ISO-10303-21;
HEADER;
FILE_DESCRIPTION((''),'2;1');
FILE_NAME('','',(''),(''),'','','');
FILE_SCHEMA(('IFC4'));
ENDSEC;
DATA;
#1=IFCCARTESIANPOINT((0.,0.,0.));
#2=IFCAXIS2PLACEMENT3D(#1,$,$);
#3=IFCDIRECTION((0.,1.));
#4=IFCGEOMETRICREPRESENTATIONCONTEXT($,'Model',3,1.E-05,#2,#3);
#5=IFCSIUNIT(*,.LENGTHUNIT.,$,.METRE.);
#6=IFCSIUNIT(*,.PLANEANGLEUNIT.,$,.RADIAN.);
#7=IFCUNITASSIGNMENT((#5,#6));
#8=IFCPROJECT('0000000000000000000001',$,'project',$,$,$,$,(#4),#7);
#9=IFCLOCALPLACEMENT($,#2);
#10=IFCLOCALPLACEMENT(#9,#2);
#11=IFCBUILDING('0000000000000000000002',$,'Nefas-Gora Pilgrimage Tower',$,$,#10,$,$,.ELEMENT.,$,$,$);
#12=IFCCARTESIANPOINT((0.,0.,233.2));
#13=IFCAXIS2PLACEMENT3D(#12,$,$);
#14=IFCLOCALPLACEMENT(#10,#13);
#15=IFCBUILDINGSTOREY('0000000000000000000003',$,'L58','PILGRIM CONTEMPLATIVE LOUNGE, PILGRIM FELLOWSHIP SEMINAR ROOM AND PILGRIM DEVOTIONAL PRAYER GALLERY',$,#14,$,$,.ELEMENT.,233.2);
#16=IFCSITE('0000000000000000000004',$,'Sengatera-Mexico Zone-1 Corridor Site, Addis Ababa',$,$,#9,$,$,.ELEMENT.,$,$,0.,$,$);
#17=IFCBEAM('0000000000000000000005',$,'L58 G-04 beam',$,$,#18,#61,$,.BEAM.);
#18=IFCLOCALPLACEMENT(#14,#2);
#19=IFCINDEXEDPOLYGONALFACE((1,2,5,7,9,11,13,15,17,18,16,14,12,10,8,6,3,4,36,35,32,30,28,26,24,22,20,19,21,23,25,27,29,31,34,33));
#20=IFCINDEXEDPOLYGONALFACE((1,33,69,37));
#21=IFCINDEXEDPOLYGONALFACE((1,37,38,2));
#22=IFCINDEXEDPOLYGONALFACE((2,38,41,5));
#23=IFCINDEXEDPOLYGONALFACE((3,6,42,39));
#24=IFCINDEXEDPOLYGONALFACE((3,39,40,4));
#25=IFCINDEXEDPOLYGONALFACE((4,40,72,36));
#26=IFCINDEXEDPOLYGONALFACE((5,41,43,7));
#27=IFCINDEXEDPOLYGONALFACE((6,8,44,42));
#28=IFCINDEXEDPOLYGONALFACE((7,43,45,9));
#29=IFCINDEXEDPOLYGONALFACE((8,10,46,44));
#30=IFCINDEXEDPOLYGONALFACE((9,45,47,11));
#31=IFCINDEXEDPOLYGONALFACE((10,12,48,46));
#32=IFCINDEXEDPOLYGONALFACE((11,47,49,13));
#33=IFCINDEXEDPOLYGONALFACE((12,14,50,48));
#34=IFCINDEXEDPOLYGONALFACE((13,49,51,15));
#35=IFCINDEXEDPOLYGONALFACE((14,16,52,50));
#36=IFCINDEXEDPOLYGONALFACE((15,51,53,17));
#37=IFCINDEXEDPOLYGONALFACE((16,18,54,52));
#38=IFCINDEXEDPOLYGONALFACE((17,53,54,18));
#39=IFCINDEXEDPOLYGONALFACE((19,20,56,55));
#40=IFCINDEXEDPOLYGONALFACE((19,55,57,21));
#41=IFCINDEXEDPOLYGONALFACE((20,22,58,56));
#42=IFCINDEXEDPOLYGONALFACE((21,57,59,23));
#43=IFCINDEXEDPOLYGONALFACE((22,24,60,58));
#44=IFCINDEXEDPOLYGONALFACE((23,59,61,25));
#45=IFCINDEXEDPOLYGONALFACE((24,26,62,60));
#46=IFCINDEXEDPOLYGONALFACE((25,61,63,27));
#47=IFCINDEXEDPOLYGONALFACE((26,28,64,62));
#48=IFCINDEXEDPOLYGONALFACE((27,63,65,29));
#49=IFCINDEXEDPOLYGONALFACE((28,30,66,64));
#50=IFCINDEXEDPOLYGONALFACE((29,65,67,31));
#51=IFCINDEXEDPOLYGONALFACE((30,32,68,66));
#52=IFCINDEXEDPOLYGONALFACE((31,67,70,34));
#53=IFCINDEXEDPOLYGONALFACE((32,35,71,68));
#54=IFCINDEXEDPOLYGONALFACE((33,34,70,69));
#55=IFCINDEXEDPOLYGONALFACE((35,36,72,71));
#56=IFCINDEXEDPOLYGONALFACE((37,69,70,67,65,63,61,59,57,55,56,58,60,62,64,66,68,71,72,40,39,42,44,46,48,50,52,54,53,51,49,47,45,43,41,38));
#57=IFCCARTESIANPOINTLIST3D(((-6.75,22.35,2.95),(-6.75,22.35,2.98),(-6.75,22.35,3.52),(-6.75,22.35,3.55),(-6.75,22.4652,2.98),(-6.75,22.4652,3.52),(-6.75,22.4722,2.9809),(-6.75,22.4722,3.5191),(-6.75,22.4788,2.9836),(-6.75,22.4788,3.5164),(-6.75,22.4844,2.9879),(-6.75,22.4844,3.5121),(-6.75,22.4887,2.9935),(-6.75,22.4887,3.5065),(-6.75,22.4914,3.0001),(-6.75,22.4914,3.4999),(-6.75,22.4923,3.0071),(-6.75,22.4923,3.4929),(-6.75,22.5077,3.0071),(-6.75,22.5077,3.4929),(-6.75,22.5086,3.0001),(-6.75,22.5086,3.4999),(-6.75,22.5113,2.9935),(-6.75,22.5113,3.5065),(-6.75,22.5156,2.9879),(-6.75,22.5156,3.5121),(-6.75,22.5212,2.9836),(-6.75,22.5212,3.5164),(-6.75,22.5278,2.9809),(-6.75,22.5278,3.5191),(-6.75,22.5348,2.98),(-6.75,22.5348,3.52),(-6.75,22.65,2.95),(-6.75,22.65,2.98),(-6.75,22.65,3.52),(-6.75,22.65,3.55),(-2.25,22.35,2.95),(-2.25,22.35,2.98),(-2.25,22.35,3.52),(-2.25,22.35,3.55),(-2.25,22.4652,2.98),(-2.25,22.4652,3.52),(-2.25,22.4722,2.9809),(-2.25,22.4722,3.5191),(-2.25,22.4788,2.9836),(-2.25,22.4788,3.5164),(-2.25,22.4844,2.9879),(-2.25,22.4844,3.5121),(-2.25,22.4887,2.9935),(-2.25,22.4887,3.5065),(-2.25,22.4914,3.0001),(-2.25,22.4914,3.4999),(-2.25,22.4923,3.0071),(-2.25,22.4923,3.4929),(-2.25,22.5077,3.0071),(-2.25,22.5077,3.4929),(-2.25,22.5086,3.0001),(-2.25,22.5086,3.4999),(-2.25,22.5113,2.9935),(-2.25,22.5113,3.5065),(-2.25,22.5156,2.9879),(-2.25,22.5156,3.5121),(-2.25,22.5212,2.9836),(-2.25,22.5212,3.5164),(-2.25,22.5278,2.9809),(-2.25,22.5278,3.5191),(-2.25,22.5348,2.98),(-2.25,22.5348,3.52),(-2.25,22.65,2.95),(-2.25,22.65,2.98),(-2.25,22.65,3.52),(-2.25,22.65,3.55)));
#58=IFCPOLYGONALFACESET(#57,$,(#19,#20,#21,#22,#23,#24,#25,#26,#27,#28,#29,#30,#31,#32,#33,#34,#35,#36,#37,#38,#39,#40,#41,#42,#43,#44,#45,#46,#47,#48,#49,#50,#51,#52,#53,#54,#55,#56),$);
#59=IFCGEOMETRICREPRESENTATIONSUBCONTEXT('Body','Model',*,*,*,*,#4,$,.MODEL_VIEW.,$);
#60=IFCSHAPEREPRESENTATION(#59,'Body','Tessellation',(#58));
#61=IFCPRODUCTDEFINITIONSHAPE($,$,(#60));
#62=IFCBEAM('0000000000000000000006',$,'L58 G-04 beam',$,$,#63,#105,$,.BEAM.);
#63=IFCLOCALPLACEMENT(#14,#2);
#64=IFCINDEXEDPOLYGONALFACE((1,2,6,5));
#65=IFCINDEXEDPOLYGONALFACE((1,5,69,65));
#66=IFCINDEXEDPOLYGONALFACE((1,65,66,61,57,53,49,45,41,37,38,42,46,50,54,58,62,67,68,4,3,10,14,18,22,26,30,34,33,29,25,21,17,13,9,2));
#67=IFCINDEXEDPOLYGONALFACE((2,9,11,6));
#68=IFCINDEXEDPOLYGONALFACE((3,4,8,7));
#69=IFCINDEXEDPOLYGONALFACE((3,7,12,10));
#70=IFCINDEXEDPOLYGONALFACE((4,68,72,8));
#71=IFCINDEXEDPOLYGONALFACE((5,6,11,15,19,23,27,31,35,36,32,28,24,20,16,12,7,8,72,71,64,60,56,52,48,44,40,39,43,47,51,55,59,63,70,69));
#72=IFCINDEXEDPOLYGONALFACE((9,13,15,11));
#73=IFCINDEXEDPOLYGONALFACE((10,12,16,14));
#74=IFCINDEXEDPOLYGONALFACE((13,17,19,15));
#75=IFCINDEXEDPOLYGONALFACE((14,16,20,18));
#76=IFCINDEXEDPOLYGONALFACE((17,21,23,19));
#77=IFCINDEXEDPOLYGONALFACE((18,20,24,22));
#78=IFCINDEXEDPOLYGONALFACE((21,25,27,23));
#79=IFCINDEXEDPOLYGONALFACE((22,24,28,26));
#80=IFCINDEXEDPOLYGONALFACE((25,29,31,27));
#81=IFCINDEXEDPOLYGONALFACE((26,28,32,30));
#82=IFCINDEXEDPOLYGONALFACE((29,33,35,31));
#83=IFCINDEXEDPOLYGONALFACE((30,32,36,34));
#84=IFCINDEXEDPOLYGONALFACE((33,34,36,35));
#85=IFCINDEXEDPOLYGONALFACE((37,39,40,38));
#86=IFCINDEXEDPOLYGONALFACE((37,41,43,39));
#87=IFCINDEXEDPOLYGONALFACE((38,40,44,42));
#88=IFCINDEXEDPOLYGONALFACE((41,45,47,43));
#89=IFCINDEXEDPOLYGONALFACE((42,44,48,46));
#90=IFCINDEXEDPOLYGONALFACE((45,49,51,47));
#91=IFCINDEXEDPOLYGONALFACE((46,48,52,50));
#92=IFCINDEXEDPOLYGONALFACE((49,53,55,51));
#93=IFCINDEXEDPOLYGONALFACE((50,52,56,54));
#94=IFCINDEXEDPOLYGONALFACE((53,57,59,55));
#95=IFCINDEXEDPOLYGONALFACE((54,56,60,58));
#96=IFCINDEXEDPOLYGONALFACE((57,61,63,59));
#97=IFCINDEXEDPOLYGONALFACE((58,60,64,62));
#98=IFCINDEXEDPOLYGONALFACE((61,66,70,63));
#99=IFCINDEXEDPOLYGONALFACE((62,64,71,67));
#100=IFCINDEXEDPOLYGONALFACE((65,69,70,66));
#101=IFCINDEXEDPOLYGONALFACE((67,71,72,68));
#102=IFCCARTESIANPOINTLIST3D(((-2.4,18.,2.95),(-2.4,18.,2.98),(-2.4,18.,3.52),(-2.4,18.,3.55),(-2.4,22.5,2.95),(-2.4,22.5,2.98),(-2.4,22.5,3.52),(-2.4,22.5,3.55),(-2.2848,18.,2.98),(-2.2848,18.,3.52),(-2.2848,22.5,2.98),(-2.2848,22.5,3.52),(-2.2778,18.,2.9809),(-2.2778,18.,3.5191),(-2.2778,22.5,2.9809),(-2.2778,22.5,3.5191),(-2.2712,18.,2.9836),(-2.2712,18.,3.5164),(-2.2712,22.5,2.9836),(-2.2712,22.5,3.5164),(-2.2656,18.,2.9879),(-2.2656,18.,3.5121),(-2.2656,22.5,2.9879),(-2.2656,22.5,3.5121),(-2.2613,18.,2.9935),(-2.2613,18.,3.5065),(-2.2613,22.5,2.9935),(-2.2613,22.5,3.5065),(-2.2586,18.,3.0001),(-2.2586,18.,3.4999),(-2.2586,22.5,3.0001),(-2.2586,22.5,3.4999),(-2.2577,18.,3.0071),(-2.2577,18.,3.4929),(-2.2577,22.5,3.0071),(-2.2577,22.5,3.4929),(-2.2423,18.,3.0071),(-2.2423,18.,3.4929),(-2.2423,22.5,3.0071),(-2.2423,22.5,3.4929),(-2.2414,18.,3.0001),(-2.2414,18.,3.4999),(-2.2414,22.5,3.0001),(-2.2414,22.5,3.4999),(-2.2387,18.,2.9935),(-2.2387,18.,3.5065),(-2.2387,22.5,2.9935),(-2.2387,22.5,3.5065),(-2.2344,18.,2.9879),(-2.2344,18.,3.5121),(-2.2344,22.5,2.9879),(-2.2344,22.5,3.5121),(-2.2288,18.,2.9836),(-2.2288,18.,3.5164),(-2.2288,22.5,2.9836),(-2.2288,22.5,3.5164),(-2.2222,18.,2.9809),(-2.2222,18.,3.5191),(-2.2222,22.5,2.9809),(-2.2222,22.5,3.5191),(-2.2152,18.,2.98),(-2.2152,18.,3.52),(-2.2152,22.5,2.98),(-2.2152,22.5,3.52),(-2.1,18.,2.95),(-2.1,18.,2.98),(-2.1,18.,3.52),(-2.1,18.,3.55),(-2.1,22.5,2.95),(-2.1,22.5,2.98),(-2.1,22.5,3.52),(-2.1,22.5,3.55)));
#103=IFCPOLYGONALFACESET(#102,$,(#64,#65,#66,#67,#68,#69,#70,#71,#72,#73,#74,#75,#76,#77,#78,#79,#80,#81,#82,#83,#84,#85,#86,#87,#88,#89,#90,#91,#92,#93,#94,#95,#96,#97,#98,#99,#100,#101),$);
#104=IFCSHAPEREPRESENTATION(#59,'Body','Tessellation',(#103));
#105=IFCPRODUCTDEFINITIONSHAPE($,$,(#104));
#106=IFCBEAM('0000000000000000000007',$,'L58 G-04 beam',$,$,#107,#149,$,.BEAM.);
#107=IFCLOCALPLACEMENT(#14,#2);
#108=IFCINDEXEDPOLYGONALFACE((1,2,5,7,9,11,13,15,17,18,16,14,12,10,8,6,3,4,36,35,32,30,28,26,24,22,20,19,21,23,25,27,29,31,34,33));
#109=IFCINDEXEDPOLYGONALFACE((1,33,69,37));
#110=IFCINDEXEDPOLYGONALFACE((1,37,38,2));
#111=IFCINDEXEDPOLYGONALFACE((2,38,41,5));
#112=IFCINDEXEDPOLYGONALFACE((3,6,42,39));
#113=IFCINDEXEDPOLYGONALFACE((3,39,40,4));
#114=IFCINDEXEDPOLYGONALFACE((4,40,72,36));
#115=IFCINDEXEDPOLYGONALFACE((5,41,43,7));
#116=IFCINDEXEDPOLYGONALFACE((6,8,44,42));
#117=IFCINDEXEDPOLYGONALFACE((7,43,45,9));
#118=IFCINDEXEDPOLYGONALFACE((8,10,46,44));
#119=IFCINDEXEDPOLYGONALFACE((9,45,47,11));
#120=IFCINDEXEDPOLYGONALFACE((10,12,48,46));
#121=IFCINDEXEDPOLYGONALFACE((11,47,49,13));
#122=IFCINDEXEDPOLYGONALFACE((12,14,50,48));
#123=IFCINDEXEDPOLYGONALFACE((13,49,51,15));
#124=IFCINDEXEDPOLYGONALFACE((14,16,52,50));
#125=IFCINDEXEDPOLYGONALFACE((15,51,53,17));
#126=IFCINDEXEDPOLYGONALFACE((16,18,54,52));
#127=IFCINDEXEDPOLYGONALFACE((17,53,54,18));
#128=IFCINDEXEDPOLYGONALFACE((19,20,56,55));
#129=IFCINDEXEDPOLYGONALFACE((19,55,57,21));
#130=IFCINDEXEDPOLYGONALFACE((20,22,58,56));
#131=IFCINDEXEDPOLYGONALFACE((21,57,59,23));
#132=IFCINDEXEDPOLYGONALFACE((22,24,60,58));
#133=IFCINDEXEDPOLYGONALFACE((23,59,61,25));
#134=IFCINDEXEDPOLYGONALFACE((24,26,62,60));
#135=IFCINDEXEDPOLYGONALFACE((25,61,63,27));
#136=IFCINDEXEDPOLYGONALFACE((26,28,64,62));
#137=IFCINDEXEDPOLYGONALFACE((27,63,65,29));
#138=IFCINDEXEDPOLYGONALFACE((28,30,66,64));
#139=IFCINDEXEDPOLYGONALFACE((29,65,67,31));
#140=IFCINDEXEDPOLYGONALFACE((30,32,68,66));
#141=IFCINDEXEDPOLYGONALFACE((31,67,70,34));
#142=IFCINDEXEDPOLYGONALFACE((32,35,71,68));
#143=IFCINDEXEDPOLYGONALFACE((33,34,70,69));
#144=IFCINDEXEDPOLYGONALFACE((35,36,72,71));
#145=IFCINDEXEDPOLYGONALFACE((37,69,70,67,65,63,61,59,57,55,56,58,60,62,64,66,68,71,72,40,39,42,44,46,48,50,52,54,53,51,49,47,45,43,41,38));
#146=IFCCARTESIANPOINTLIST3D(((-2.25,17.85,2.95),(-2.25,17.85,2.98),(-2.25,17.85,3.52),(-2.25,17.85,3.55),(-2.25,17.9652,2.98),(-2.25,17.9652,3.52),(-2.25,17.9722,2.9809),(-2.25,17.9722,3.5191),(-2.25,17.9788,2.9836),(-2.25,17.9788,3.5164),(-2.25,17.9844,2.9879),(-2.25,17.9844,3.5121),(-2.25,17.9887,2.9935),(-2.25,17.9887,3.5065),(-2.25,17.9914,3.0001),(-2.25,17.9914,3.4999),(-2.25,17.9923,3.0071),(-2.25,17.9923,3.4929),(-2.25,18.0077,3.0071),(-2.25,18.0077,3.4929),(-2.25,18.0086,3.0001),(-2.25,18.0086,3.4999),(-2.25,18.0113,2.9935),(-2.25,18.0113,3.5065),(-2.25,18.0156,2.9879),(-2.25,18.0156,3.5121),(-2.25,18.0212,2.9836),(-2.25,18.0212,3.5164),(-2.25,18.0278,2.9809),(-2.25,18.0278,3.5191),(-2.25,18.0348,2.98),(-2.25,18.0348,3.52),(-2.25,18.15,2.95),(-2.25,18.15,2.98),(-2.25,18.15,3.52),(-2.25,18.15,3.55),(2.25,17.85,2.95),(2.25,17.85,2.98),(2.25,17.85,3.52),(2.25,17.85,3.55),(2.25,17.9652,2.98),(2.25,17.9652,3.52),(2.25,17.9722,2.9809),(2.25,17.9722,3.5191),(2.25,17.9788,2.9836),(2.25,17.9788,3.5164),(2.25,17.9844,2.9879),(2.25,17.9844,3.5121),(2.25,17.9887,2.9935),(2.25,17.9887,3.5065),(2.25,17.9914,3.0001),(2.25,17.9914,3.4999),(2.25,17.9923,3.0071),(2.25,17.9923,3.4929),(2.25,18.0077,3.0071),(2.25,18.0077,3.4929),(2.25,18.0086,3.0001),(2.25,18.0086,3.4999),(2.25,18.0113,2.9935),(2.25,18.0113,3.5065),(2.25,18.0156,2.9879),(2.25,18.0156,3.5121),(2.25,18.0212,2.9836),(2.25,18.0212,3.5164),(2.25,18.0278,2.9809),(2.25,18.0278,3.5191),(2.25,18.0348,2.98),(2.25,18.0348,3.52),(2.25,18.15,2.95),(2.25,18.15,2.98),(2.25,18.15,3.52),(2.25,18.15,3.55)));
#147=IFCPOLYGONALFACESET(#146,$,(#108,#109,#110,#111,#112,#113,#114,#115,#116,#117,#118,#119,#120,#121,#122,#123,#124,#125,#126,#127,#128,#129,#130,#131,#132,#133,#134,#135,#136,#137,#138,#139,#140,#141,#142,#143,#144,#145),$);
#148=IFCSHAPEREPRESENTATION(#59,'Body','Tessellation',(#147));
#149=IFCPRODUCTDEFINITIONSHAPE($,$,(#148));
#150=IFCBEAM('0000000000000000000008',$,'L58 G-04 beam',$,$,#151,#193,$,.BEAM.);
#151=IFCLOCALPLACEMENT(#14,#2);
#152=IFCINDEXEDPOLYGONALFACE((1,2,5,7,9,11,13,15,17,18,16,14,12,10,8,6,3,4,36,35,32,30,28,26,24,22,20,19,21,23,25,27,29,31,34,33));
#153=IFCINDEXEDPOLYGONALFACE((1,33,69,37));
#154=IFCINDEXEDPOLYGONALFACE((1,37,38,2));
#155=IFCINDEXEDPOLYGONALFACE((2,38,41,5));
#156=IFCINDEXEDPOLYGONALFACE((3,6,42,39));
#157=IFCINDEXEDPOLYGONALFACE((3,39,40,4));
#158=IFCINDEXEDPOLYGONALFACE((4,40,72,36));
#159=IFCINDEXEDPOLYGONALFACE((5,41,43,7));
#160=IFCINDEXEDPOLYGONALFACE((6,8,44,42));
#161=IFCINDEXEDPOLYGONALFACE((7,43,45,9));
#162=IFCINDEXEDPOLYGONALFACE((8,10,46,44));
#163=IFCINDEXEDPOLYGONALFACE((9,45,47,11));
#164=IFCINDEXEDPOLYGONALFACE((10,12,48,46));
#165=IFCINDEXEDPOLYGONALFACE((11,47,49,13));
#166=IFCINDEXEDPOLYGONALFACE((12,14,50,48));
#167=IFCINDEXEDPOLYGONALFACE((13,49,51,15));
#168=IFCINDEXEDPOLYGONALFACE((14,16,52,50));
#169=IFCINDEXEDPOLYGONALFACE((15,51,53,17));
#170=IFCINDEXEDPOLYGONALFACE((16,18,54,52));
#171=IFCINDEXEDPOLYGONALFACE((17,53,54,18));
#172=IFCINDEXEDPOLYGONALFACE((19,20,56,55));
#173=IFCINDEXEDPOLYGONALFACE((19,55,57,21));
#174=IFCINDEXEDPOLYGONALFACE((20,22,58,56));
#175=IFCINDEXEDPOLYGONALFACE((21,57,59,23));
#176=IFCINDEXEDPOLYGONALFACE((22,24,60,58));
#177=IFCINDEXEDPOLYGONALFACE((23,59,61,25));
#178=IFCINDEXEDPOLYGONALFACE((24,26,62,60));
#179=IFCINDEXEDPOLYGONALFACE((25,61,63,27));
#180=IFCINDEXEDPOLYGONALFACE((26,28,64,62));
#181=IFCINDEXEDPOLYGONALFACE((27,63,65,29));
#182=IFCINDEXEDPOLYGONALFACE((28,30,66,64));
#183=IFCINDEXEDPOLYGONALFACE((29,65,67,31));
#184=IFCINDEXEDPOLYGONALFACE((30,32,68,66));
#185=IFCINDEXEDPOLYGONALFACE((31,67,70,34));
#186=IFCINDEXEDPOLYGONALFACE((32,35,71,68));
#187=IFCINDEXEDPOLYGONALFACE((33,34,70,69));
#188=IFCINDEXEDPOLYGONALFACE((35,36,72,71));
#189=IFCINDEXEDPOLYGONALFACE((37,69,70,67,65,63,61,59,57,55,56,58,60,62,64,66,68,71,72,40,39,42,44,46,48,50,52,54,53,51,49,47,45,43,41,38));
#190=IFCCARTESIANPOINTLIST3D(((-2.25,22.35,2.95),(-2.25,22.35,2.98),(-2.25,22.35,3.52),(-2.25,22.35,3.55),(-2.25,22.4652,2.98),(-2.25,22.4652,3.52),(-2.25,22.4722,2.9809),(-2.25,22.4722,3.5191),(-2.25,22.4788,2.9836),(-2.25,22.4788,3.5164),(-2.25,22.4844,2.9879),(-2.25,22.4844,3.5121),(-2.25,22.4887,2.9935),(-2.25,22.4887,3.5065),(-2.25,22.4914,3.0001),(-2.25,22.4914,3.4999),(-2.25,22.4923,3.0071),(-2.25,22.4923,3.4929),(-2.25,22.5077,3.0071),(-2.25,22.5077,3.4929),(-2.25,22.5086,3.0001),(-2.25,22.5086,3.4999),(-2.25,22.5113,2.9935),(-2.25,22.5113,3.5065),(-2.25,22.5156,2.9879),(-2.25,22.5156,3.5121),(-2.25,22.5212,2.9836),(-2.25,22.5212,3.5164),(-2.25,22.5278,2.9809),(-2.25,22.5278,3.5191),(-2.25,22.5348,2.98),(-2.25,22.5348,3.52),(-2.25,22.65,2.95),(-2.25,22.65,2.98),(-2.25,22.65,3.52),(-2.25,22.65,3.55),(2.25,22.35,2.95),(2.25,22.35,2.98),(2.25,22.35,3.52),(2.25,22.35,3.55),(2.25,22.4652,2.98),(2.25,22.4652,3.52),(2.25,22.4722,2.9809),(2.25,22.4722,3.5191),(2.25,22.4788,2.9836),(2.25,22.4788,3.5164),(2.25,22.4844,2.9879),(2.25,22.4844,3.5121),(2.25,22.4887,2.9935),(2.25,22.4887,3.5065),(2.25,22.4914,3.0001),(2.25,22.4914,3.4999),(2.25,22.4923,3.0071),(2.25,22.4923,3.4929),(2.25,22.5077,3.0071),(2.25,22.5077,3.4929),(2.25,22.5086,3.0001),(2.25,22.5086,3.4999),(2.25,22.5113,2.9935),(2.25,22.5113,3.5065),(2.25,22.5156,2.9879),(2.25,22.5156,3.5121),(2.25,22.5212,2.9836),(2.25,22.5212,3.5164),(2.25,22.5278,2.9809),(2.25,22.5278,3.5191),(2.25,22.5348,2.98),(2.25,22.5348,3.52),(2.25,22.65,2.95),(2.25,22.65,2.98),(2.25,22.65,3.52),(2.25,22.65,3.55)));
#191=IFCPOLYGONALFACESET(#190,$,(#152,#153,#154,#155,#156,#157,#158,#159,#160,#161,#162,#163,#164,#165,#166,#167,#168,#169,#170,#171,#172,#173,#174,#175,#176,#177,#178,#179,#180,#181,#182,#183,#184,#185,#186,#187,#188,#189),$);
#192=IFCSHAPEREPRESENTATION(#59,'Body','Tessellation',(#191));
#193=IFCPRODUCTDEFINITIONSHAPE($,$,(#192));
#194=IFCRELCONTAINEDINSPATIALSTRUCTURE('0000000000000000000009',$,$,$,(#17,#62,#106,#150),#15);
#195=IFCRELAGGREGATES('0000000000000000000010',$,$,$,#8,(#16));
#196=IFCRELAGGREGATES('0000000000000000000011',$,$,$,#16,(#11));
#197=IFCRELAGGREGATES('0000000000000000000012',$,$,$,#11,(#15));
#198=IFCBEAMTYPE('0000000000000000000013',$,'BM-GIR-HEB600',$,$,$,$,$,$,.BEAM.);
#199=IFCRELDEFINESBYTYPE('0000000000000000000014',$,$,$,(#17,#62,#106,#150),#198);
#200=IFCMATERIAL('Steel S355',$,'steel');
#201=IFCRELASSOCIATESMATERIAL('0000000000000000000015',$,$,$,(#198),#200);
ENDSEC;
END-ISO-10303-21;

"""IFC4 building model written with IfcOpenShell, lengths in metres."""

from ifc_helpers import new_model, si_unit, direction, frame, origin, origin_2d, place, context, subcontext, project, spatial, i_section, extrude, source, transform, mapped, material, material_profile, profile_set, type_object, element, save


model = new_model("IFC4")

# Units and contexts
model_context = context("Model", 3, precision=1e-05, world=origin(), true_north=direction((0.0, 1.0)))
body_context = subcontext(model_context, "Body", "Model", "MODEL_VIEW")
ifc_project = project(units=[si_unit("LENGTHUNIT", "METRE"), si_unit("PLANEANGLEUNIT", "RADIAN")], contexts=[model_context])

# Site, building, storey
site_placement = place(None, origin())
site = spatial("IfcSite", under=ifc_project, at=site_placement, Name="Sengatera-Mexico Zone-1 Corridor Site, Addis Ababa", CompositionType="ELEMENT", RefElevation=0.0)
building_placement = place(site_placement, origin())
building = spatial("IfcBuilding", under=site, at=building_placement, Name="Nefas-Gora Pilgrimage Tower", CompositionType="ELEMENT")
storey_placement = place(building_placement, frame((0.0, 0.0, 233.2)))
storey = spatial("IfcBuildingStorey", under=building, at=storey_placement, Name="L58", Description="PILGRIM CONTEMPLATIVE LOUNGE, PILGRIM FELLOWSHIP SEMINAR ROOM AND PILGRIM DEVOTIONAL PRAYER GALLERY", CompositionType="ELEMENT", Elevation=233.2)

# Beams
ifc_material_1 = material(Name="Steel S355", Category="steel")
ifc_material_profile_1 = material_profile(ifc_material_1, i_section(OverallWidth=0.3, OverallDepth=0.6001, WebThickness=0.0154, FlangeThickness=0.03, FilletRadius=0.0271, at=origin_2d()), Name="HEB 600")
ifc_profile_set_1 = profile_set([ifc_material_profile_1], Name="Steel S355")
beam_type = type_object("IfcBeamType", Name="BM-GIR-HEB600", PredefinedType="BEAM", material=ifc_profile_set_1)
shared_shape_1 = source(origin(), body_context, "Body", "SweptSolid", [
    extrude(i_section(OverallWidth=0.3, OverallDepth=0.6001, WebThickness=0.0154, FlangeThickness=0.03, FilletRadius=0.0271, at=origin_2d()), origin(), (0.0, 0.0, 1.0), 4.5),
])
for number, where, z_axis, x_axis, name in (
    (1, (-6.75, 22.5, 3.25), (1.0, 0.0, 0.0), (0.0, 1.0, 0.0), "L58 G-04 beam"),
    (2, (-2.25, 18.0, 3.25), (0.0, 1.0, 0.0), (-1.0, 0.0, 0.0), "L58 G-04 beam"),
    (3, (-2.25, 18.0, 3.25), (1.0, 0.0, 0.0), (0.0, 1.0, 0.0), "L58 G-04 beam"),
    (4, (-2.25, 22.5, 3.25), (1.0, 0.0, 0.0), (0.0, 1.0, 0.0), "L58 G-04 beam"),
):
    element("IfcBeam", number, at=place(storey_placement, frame(where, z_axis=z_axis, x_axis=x_axis)), inside=storey, type_object=beam_type, Name=name, PredefinedType="BEAM", context=body_context, shape_type="MappedRepresentation", body=[
        mapped(shared_shape_1, transform((0.0, 0.0, 0.0), x_axis=(1.0, 0.0, 0.0), y_axis=(0.0, 1.0, 0.0), z_axis=(0.0, 0.0, 1.0), scale=1.0)),
    ])

save(model, "model.ifc")
